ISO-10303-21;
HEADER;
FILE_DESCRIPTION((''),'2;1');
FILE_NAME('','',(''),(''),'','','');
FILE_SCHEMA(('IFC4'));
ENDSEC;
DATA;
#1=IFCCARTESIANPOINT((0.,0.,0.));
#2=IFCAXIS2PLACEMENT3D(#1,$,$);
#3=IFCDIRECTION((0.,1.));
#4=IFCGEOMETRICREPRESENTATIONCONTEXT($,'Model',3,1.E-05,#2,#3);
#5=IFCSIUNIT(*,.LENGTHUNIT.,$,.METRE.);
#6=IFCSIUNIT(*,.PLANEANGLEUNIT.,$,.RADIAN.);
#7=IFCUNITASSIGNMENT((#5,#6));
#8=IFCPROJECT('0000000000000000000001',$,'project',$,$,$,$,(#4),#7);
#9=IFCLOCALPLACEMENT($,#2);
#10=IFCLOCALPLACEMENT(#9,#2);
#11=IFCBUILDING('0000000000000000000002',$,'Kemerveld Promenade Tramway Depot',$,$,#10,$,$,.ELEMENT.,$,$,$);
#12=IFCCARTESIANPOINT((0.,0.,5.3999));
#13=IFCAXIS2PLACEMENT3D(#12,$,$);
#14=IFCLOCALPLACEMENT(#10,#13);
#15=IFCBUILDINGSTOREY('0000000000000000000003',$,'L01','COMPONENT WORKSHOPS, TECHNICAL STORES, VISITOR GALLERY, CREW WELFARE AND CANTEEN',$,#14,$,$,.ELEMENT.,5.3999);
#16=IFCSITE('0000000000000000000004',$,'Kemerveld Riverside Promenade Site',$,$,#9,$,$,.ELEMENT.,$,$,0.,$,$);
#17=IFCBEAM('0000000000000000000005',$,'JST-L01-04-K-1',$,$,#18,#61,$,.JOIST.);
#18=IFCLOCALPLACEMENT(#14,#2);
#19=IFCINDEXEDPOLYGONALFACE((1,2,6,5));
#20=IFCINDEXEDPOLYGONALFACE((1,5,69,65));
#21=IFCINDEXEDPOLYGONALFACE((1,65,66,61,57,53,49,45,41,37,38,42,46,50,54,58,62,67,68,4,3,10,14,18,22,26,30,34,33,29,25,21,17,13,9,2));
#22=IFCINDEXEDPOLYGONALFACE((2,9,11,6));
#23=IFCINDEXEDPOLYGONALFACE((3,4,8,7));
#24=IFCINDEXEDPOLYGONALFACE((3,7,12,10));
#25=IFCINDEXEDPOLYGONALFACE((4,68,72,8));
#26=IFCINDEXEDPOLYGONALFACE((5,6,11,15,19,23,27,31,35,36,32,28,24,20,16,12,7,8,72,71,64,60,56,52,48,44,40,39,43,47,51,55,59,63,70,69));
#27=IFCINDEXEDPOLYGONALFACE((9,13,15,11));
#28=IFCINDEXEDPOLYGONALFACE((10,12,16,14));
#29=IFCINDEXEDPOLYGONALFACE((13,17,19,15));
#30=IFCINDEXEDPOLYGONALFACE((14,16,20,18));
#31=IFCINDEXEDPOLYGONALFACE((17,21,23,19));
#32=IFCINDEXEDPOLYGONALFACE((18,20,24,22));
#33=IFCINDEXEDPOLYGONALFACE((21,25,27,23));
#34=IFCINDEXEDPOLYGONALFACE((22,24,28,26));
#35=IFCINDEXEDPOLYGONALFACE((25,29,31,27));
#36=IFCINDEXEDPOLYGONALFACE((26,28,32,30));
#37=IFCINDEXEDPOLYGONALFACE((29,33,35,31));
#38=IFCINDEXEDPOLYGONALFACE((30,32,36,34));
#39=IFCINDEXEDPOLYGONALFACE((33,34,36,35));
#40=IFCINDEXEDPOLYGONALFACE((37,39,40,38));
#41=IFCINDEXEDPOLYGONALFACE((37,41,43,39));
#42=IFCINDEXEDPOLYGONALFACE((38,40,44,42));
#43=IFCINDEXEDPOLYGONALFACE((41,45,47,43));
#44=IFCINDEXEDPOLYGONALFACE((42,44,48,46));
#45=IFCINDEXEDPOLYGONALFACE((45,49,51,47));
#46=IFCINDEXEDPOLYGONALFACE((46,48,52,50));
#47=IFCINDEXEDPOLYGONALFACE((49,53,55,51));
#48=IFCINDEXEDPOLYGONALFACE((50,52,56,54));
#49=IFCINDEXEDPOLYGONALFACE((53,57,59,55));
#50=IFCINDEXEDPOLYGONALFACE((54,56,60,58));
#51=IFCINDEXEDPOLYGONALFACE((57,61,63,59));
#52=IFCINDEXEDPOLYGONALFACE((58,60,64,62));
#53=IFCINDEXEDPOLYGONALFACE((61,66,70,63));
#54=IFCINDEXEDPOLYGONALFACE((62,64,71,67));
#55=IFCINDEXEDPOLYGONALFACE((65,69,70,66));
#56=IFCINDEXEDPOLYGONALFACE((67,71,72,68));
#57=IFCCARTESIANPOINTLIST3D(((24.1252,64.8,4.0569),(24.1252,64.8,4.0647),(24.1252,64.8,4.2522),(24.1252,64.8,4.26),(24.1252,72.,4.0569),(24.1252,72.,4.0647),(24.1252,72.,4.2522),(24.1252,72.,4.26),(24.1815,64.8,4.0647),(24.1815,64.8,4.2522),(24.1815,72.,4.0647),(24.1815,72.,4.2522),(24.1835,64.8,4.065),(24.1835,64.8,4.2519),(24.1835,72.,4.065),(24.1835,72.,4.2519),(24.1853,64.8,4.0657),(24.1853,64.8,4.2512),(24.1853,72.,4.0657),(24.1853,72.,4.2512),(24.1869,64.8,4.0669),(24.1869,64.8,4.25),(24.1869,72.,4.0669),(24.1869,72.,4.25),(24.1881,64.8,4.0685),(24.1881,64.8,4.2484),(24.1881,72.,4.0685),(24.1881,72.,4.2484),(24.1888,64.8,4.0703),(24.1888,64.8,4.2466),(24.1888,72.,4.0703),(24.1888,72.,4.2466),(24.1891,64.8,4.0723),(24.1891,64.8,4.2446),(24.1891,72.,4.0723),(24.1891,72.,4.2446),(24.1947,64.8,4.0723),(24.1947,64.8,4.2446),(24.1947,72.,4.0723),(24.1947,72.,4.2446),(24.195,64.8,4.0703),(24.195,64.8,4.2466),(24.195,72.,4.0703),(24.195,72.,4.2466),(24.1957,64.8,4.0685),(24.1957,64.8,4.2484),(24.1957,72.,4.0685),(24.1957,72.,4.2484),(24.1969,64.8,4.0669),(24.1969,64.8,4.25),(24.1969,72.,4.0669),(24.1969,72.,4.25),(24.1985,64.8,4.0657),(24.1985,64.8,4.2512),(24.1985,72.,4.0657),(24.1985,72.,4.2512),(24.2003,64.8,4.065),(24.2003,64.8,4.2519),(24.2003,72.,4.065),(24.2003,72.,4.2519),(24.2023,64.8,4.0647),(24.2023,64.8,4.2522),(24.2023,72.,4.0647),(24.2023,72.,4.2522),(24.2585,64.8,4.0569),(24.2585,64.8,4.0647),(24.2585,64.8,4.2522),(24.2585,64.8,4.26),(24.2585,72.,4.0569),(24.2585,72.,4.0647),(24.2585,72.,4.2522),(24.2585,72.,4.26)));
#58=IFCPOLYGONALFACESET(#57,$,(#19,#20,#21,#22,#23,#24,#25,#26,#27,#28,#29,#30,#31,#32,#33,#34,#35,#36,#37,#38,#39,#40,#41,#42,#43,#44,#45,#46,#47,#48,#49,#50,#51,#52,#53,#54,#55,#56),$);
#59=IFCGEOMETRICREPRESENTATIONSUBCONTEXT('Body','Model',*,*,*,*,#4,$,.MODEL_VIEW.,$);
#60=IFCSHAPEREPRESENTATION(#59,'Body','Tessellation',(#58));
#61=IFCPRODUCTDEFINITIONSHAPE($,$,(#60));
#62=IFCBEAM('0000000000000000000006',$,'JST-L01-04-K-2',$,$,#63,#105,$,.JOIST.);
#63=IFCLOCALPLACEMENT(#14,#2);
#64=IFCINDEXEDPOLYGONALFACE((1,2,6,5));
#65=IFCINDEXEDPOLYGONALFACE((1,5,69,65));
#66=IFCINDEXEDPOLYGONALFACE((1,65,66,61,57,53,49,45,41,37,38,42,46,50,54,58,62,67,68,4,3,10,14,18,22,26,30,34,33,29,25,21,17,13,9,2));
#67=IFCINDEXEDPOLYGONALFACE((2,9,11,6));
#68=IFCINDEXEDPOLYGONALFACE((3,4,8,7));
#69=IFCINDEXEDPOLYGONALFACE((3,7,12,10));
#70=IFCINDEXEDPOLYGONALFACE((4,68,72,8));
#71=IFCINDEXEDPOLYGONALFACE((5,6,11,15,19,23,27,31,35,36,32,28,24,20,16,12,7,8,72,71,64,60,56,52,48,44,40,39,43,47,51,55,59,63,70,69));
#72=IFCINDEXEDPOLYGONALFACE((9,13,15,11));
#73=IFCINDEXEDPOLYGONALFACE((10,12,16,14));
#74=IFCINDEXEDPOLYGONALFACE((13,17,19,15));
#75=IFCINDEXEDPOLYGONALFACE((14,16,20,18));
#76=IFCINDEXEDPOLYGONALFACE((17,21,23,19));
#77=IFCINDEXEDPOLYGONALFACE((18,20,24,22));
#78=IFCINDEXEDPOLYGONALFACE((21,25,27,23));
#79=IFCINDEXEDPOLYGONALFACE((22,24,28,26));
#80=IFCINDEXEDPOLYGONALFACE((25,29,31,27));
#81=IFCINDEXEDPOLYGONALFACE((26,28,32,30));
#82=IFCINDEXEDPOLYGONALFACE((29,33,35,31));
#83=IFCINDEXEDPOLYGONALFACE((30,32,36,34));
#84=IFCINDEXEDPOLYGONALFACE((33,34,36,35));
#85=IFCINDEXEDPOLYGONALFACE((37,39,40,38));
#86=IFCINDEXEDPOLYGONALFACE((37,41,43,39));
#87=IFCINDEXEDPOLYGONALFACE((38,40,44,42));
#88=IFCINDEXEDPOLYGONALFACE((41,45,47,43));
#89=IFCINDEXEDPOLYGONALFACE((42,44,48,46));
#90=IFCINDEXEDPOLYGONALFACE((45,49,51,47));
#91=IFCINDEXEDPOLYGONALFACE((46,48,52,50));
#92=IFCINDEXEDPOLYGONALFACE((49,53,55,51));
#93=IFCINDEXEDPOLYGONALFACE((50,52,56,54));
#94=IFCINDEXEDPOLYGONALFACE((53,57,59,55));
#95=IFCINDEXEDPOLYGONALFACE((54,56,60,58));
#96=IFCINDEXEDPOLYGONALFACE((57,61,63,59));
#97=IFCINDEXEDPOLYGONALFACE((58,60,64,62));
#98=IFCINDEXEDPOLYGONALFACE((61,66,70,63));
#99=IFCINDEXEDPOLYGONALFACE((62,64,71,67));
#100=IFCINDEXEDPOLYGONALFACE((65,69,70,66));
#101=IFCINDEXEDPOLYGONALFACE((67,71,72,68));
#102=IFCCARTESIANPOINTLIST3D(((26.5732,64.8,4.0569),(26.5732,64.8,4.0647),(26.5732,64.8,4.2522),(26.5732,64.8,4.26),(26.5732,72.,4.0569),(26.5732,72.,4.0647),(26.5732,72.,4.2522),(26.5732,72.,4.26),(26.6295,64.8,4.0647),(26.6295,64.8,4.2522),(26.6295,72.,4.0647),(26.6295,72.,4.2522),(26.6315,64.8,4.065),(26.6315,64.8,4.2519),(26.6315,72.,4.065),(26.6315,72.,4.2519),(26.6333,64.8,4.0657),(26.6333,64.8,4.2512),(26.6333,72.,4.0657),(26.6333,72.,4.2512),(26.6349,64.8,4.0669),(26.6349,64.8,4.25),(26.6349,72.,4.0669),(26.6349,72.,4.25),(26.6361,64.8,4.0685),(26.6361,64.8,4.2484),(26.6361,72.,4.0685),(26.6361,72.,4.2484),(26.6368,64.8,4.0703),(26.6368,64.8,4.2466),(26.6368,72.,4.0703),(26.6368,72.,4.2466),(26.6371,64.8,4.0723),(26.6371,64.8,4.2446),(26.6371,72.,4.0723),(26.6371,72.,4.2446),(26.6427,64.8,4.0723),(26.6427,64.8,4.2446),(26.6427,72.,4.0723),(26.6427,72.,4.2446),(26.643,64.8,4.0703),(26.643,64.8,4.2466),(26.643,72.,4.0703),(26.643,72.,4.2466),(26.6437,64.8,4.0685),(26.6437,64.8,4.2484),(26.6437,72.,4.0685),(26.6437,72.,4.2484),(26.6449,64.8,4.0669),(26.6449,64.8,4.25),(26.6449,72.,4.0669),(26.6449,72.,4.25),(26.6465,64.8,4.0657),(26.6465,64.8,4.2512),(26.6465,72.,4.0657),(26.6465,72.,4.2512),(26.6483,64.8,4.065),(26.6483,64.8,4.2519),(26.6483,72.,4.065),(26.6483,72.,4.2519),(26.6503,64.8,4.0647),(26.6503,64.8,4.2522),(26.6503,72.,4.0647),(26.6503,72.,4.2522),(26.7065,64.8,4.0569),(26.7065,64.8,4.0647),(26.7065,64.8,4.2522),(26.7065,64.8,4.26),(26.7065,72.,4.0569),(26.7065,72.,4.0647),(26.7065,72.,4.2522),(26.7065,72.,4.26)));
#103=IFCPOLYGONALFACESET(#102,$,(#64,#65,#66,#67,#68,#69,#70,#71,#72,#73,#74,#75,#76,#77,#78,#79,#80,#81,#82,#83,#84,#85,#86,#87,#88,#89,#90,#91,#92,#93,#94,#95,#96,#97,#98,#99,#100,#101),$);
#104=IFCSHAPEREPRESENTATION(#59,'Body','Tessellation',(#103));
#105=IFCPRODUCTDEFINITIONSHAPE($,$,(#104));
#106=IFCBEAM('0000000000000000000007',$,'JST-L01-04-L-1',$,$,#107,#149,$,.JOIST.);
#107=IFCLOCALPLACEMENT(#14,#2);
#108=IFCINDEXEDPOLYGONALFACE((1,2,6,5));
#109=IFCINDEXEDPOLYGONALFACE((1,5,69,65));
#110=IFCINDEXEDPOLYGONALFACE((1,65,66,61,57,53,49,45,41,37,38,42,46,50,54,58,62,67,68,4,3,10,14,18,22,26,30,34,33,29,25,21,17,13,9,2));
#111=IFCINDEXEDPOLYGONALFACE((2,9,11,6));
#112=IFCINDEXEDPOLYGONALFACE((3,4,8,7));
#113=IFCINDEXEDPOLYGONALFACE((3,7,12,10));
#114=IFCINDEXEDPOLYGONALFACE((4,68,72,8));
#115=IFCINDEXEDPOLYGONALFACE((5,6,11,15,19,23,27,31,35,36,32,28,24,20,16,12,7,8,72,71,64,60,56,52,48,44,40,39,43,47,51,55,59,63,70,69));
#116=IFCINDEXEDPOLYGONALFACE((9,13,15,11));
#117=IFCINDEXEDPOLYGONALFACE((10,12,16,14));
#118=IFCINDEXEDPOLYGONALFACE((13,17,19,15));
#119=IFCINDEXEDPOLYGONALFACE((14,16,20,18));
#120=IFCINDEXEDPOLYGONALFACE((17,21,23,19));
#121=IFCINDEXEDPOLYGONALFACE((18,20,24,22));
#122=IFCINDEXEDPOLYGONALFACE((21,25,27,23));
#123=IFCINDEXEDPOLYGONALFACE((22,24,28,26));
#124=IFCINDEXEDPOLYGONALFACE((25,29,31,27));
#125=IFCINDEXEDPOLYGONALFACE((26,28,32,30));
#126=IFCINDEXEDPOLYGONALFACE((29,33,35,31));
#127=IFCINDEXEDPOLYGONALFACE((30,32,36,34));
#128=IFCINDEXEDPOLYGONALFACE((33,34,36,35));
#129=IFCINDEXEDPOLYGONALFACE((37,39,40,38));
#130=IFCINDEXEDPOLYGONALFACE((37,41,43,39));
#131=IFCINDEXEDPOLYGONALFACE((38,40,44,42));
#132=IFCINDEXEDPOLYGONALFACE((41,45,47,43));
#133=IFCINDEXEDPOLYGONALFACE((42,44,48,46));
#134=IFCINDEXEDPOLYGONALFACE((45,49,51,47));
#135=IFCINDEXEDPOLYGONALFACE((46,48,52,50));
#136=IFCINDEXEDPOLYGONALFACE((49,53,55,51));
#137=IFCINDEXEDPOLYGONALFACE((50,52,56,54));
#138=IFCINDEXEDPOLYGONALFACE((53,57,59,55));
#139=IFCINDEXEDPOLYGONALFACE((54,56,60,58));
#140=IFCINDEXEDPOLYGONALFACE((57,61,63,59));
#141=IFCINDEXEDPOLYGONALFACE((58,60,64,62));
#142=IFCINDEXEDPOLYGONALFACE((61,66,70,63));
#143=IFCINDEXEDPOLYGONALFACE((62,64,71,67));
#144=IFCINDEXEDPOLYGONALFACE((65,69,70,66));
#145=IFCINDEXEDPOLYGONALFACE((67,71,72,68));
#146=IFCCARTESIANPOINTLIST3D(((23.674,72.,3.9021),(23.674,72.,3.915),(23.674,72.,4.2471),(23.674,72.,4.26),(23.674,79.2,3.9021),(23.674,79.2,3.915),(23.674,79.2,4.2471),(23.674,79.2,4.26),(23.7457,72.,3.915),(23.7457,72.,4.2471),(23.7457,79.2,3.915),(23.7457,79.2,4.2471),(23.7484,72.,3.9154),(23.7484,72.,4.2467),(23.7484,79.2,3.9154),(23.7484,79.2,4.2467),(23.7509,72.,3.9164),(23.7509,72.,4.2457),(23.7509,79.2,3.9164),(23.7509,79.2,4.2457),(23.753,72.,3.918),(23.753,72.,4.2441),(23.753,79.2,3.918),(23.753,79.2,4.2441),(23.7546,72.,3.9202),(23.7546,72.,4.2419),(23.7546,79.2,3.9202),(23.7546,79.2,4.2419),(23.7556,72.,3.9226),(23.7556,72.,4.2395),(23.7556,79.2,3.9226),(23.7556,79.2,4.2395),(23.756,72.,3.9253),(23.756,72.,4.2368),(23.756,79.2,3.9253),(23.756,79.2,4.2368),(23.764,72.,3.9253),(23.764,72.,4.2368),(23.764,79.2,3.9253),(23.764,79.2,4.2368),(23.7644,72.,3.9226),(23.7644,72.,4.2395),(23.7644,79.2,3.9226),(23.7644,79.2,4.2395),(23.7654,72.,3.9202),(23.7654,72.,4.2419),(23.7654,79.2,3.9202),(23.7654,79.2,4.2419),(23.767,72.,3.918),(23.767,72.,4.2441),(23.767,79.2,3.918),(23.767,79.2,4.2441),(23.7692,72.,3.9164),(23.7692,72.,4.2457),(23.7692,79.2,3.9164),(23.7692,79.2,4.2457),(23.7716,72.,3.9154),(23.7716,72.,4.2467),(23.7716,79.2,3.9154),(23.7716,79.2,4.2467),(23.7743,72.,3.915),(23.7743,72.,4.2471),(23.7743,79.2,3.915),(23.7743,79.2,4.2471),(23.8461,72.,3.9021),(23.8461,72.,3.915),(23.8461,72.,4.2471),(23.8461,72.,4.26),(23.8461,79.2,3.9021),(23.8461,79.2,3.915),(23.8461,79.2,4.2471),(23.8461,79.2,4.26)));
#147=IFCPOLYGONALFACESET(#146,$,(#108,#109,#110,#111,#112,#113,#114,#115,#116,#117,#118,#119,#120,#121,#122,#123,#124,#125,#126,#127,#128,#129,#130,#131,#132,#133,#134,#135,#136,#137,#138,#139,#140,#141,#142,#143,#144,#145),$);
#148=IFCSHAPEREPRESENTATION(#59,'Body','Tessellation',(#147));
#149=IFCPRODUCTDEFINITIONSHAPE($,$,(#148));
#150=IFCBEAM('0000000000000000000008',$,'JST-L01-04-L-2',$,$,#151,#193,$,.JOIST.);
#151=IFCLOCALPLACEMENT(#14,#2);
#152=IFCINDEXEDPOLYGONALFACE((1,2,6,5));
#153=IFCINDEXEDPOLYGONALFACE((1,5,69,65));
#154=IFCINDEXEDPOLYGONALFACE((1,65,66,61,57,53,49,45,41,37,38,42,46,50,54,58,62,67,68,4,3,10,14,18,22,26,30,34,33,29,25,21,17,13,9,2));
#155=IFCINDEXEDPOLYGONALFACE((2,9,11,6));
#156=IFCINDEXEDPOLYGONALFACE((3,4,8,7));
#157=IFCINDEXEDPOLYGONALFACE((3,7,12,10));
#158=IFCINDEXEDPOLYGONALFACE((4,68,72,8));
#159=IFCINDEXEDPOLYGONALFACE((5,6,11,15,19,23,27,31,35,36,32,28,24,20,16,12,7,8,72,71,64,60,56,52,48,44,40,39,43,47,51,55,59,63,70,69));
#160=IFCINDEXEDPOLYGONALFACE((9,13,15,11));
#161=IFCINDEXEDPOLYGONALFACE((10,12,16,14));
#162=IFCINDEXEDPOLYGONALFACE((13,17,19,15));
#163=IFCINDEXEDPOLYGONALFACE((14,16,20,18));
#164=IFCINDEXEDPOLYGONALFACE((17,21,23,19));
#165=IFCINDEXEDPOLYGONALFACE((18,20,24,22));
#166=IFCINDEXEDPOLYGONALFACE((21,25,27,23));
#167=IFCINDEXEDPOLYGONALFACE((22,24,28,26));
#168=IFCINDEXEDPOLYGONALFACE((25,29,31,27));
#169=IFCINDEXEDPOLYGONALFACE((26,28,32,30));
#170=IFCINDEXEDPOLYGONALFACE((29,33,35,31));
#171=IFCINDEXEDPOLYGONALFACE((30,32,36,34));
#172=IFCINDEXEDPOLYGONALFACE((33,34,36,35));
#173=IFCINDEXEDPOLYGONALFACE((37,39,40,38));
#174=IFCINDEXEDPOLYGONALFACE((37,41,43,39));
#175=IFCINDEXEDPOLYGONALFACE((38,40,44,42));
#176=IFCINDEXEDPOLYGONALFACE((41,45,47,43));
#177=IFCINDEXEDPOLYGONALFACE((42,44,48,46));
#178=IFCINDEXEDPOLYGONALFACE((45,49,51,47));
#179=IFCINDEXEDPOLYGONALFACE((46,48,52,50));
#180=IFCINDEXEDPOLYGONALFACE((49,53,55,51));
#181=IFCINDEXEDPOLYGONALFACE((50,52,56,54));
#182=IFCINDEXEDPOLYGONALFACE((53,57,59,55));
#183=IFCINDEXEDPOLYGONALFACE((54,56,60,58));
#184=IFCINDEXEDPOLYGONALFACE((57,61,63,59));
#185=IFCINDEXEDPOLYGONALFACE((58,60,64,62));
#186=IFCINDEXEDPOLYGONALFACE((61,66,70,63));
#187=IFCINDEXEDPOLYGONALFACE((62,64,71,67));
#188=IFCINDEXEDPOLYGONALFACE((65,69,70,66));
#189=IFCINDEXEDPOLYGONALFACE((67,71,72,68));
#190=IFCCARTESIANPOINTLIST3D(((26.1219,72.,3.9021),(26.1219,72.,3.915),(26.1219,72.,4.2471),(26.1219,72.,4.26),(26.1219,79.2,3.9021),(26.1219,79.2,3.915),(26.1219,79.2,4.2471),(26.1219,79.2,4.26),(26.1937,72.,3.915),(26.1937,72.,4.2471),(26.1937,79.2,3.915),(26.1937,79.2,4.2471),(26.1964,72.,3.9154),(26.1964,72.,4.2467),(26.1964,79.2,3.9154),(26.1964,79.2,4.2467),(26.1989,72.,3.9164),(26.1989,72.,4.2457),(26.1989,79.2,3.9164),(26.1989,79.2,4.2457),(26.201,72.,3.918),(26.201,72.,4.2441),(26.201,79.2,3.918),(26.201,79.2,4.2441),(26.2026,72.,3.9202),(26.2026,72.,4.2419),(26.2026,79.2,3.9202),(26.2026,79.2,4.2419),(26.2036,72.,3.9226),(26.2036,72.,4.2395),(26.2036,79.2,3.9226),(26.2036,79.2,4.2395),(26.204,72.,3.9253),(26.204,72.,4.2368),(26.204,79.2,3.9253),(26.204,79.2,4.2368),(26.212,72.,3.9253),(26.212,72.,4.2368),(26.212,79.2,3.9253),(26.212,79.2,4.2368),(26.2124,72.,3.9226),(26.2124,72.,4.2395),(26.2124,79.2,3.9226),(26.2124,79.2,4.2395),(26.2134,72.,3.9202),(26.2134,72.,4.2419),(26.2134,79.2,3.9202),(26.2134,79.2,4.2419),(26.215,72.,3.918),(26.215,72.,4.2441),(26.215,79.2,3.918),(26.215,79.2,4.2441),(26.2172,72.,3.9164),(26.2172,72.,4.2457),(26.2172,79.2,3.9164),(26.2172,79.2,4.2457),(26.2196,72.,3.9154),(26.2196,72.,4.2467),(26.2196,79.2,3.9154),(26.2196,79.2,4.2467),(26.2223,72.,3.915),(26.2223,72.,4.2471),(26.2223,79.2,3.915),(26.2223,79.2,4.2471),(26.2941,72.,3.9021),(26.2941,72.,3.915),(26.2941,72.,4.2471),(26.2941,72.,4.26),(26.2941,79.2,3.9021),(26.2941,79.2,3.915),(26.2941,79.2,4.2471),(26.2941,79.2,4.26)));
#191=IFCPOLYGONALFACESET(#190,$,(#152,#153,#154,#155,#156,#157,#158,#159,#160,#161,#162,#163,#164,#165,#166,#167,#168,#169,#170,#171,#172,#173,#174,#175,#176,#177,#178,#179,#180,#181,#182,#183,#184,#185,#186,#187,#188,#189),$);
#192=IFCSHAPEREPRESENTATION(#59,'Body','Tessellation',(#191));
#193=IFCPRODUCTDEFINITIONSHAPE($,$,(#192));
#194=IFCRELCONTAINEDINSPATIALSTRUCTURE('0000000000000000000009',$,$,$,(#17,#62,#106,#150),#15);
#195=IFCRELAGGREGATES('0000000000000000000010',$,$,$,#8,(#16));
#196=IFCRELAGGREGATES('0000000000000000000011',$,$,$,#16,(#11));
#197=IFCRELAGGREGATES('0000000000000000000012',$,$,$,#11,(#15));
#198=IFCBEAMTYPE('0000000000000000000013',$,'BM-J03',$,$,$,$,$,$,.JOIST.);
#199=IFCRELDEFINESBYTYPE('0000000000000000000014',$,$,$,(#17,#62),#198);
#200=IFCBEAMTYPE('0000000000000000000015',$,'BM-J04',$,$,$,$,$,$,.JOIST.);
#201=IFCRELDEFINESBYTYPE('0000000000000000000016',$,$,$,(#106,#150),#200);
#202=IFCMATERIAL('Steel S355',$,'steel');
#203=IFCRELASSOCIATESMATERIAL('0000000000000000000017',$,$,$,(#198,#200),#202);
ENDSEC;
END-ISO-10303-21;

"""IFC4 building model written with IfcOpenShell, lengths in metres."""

from ifc_helpers import new_model, si_unit, direction, frame, origin, origin_2d, place, context, subcontext, project, spatial, i_section, extrude, material, material_profile, profile_set, type_object, element, save


model = new_model("IFC4")

# Units and contexts
model_context = context("Model", 3, precision=1e-05, world=origin(), true_north=direction((0.0, 1.0)))
body_context = subcontext(model_context, "Body", "Model", "MODEL_VIEW")
ifc_project = project(units=[si_unit("LENGTHUNIT", "METRE"), si_unit("PLANEANGLEUNIT", "RADIAN")], contexts=[model_context])

# Site, building, storey
site_placement = place(None, origin())
site = spatial("IfcSite", under=ifc_project, at=site_placement, Name="Kemerveld Riverside Promenade Site", CompositionType="ELEMENT", RefElevation=0.0)
building_placement = place(site_placement, origin())
building = spatial("IfcBuilding", under=site, at=building_placement, Name="Kemerveld Promenade Tramway Depot", CompositionType="ELEMENT")
storey_placement = place(building_placement, frame((0.0, 0.0, 5.3999)))
storey = spatial("IfcBuildingStorey", under=building, at=storey_placement, Name="L01", Description="COMPONENT WORKSHOPS, TECHNICAL STORES, VISITOR GALLERY, CREW WELFARE AND CANTEEN", CompositionType="ELEMENT", Elevation=5.3999)

# Shared definitions
ifc_material_1 = material(Name="Steel S355", Category="steel")

# Beams
ifc_material_profile_1 = material_profile(ifc_material_1, i_section(OverallWidth=0.1333, OverallDepth=0.2031, WebThickness=0.0056, FlangeThickness=0.0078, FilletRadius=0.0076, at=origin_2d()), Name="203x133x25 UB")
ifc_profile_set_1 = profile_set([ifc_material_profile_1], Name="Steel S355")
beam_type_1 = type_object("IfcBeamType", Name="BM-J03", PredefinedType="JOIST", material=ifc_profile_set_1)
for number, where, z_axis, x_axis, name in (
    (1, (24.1919, 64.8, 4.1584), (0.0, 1.0, 0.0), (-1.0, 0.0, 0.0), "JST-L01-04-K-1"),
    (2, (26.6399, 64.8, 4.1584), (0.0, 1.0, 0.0), (-1.0, 0.0, 0.0), "JST-L01-04-K-2"),
):
    element("IfcBeam", number, at=place(storey_placement, frame(where, z_axis=z_axis, x_axis=x_axis)), inside=storey, type_object=beam_type_1, Name=name, PredefinedType="JOIST", context=body_context, shape_type="SweptSolid", body=[
        extrude(i_section(OverallWidth=0.1333, OverallDepth=0.2031, WebThickness=0.0056, FlangeThickness=0.0078, FilletRadius=0.0076, at=origin_2d()), origin(), (0.0, 0.0, 1.0), 7.2),
    ])
ifc_material_profile_2 = material_profile(ifc_material_1, i_section(OverallWidth=0.1721, OverallDepth=0.3579, WebThickness=0.0081, FlangeThickness=0.0129, FilletRadius=0.0103, at=origin_2d()), Name="356x171x57 UB")
ifc_profile_set_2 = profile_set([ifc_material_profile_2], Name="Steel S355")
beam_type_2 = type_object("IfcBeamType", Name="BM-J04", PredefinedType="JOIST", material=ifc_profile_set_2)
for number, where, z_axis, x_axis, name in (
    (3, (23.76, 72.0, 4.0811), (0.0, 1.0, 0.0), (-1.0, 0.0, 0.0), "JST-L01-04-L-1"),
    (4, (26.208, 72.0, 4.0811), (0.0, 1.0, 0.0), (-1.0, 0.0, 0.0), "JST-L01-04-L-2"),
):
    element("IfcBeam", number, at=place(storey_placement, frame(where, z_axis=z_axis, x_axis=x_axis)), inside=storey, type_object=beam_type_2, Name=name, PredefinedType="JOIST", context=body_context, shape_type="SweptSolid", body=[
        extrude(i_section(OverallWidth=0.1721, OverallDepth=0.3579, WebThickness=0.0081, FlangeThickness=0.0129, FilletRadius=0.0103, at=origin_2d()), origin(), (0.0, 0.0, 1.0), 7.2),
    ])

save(model, "model.ifc")
